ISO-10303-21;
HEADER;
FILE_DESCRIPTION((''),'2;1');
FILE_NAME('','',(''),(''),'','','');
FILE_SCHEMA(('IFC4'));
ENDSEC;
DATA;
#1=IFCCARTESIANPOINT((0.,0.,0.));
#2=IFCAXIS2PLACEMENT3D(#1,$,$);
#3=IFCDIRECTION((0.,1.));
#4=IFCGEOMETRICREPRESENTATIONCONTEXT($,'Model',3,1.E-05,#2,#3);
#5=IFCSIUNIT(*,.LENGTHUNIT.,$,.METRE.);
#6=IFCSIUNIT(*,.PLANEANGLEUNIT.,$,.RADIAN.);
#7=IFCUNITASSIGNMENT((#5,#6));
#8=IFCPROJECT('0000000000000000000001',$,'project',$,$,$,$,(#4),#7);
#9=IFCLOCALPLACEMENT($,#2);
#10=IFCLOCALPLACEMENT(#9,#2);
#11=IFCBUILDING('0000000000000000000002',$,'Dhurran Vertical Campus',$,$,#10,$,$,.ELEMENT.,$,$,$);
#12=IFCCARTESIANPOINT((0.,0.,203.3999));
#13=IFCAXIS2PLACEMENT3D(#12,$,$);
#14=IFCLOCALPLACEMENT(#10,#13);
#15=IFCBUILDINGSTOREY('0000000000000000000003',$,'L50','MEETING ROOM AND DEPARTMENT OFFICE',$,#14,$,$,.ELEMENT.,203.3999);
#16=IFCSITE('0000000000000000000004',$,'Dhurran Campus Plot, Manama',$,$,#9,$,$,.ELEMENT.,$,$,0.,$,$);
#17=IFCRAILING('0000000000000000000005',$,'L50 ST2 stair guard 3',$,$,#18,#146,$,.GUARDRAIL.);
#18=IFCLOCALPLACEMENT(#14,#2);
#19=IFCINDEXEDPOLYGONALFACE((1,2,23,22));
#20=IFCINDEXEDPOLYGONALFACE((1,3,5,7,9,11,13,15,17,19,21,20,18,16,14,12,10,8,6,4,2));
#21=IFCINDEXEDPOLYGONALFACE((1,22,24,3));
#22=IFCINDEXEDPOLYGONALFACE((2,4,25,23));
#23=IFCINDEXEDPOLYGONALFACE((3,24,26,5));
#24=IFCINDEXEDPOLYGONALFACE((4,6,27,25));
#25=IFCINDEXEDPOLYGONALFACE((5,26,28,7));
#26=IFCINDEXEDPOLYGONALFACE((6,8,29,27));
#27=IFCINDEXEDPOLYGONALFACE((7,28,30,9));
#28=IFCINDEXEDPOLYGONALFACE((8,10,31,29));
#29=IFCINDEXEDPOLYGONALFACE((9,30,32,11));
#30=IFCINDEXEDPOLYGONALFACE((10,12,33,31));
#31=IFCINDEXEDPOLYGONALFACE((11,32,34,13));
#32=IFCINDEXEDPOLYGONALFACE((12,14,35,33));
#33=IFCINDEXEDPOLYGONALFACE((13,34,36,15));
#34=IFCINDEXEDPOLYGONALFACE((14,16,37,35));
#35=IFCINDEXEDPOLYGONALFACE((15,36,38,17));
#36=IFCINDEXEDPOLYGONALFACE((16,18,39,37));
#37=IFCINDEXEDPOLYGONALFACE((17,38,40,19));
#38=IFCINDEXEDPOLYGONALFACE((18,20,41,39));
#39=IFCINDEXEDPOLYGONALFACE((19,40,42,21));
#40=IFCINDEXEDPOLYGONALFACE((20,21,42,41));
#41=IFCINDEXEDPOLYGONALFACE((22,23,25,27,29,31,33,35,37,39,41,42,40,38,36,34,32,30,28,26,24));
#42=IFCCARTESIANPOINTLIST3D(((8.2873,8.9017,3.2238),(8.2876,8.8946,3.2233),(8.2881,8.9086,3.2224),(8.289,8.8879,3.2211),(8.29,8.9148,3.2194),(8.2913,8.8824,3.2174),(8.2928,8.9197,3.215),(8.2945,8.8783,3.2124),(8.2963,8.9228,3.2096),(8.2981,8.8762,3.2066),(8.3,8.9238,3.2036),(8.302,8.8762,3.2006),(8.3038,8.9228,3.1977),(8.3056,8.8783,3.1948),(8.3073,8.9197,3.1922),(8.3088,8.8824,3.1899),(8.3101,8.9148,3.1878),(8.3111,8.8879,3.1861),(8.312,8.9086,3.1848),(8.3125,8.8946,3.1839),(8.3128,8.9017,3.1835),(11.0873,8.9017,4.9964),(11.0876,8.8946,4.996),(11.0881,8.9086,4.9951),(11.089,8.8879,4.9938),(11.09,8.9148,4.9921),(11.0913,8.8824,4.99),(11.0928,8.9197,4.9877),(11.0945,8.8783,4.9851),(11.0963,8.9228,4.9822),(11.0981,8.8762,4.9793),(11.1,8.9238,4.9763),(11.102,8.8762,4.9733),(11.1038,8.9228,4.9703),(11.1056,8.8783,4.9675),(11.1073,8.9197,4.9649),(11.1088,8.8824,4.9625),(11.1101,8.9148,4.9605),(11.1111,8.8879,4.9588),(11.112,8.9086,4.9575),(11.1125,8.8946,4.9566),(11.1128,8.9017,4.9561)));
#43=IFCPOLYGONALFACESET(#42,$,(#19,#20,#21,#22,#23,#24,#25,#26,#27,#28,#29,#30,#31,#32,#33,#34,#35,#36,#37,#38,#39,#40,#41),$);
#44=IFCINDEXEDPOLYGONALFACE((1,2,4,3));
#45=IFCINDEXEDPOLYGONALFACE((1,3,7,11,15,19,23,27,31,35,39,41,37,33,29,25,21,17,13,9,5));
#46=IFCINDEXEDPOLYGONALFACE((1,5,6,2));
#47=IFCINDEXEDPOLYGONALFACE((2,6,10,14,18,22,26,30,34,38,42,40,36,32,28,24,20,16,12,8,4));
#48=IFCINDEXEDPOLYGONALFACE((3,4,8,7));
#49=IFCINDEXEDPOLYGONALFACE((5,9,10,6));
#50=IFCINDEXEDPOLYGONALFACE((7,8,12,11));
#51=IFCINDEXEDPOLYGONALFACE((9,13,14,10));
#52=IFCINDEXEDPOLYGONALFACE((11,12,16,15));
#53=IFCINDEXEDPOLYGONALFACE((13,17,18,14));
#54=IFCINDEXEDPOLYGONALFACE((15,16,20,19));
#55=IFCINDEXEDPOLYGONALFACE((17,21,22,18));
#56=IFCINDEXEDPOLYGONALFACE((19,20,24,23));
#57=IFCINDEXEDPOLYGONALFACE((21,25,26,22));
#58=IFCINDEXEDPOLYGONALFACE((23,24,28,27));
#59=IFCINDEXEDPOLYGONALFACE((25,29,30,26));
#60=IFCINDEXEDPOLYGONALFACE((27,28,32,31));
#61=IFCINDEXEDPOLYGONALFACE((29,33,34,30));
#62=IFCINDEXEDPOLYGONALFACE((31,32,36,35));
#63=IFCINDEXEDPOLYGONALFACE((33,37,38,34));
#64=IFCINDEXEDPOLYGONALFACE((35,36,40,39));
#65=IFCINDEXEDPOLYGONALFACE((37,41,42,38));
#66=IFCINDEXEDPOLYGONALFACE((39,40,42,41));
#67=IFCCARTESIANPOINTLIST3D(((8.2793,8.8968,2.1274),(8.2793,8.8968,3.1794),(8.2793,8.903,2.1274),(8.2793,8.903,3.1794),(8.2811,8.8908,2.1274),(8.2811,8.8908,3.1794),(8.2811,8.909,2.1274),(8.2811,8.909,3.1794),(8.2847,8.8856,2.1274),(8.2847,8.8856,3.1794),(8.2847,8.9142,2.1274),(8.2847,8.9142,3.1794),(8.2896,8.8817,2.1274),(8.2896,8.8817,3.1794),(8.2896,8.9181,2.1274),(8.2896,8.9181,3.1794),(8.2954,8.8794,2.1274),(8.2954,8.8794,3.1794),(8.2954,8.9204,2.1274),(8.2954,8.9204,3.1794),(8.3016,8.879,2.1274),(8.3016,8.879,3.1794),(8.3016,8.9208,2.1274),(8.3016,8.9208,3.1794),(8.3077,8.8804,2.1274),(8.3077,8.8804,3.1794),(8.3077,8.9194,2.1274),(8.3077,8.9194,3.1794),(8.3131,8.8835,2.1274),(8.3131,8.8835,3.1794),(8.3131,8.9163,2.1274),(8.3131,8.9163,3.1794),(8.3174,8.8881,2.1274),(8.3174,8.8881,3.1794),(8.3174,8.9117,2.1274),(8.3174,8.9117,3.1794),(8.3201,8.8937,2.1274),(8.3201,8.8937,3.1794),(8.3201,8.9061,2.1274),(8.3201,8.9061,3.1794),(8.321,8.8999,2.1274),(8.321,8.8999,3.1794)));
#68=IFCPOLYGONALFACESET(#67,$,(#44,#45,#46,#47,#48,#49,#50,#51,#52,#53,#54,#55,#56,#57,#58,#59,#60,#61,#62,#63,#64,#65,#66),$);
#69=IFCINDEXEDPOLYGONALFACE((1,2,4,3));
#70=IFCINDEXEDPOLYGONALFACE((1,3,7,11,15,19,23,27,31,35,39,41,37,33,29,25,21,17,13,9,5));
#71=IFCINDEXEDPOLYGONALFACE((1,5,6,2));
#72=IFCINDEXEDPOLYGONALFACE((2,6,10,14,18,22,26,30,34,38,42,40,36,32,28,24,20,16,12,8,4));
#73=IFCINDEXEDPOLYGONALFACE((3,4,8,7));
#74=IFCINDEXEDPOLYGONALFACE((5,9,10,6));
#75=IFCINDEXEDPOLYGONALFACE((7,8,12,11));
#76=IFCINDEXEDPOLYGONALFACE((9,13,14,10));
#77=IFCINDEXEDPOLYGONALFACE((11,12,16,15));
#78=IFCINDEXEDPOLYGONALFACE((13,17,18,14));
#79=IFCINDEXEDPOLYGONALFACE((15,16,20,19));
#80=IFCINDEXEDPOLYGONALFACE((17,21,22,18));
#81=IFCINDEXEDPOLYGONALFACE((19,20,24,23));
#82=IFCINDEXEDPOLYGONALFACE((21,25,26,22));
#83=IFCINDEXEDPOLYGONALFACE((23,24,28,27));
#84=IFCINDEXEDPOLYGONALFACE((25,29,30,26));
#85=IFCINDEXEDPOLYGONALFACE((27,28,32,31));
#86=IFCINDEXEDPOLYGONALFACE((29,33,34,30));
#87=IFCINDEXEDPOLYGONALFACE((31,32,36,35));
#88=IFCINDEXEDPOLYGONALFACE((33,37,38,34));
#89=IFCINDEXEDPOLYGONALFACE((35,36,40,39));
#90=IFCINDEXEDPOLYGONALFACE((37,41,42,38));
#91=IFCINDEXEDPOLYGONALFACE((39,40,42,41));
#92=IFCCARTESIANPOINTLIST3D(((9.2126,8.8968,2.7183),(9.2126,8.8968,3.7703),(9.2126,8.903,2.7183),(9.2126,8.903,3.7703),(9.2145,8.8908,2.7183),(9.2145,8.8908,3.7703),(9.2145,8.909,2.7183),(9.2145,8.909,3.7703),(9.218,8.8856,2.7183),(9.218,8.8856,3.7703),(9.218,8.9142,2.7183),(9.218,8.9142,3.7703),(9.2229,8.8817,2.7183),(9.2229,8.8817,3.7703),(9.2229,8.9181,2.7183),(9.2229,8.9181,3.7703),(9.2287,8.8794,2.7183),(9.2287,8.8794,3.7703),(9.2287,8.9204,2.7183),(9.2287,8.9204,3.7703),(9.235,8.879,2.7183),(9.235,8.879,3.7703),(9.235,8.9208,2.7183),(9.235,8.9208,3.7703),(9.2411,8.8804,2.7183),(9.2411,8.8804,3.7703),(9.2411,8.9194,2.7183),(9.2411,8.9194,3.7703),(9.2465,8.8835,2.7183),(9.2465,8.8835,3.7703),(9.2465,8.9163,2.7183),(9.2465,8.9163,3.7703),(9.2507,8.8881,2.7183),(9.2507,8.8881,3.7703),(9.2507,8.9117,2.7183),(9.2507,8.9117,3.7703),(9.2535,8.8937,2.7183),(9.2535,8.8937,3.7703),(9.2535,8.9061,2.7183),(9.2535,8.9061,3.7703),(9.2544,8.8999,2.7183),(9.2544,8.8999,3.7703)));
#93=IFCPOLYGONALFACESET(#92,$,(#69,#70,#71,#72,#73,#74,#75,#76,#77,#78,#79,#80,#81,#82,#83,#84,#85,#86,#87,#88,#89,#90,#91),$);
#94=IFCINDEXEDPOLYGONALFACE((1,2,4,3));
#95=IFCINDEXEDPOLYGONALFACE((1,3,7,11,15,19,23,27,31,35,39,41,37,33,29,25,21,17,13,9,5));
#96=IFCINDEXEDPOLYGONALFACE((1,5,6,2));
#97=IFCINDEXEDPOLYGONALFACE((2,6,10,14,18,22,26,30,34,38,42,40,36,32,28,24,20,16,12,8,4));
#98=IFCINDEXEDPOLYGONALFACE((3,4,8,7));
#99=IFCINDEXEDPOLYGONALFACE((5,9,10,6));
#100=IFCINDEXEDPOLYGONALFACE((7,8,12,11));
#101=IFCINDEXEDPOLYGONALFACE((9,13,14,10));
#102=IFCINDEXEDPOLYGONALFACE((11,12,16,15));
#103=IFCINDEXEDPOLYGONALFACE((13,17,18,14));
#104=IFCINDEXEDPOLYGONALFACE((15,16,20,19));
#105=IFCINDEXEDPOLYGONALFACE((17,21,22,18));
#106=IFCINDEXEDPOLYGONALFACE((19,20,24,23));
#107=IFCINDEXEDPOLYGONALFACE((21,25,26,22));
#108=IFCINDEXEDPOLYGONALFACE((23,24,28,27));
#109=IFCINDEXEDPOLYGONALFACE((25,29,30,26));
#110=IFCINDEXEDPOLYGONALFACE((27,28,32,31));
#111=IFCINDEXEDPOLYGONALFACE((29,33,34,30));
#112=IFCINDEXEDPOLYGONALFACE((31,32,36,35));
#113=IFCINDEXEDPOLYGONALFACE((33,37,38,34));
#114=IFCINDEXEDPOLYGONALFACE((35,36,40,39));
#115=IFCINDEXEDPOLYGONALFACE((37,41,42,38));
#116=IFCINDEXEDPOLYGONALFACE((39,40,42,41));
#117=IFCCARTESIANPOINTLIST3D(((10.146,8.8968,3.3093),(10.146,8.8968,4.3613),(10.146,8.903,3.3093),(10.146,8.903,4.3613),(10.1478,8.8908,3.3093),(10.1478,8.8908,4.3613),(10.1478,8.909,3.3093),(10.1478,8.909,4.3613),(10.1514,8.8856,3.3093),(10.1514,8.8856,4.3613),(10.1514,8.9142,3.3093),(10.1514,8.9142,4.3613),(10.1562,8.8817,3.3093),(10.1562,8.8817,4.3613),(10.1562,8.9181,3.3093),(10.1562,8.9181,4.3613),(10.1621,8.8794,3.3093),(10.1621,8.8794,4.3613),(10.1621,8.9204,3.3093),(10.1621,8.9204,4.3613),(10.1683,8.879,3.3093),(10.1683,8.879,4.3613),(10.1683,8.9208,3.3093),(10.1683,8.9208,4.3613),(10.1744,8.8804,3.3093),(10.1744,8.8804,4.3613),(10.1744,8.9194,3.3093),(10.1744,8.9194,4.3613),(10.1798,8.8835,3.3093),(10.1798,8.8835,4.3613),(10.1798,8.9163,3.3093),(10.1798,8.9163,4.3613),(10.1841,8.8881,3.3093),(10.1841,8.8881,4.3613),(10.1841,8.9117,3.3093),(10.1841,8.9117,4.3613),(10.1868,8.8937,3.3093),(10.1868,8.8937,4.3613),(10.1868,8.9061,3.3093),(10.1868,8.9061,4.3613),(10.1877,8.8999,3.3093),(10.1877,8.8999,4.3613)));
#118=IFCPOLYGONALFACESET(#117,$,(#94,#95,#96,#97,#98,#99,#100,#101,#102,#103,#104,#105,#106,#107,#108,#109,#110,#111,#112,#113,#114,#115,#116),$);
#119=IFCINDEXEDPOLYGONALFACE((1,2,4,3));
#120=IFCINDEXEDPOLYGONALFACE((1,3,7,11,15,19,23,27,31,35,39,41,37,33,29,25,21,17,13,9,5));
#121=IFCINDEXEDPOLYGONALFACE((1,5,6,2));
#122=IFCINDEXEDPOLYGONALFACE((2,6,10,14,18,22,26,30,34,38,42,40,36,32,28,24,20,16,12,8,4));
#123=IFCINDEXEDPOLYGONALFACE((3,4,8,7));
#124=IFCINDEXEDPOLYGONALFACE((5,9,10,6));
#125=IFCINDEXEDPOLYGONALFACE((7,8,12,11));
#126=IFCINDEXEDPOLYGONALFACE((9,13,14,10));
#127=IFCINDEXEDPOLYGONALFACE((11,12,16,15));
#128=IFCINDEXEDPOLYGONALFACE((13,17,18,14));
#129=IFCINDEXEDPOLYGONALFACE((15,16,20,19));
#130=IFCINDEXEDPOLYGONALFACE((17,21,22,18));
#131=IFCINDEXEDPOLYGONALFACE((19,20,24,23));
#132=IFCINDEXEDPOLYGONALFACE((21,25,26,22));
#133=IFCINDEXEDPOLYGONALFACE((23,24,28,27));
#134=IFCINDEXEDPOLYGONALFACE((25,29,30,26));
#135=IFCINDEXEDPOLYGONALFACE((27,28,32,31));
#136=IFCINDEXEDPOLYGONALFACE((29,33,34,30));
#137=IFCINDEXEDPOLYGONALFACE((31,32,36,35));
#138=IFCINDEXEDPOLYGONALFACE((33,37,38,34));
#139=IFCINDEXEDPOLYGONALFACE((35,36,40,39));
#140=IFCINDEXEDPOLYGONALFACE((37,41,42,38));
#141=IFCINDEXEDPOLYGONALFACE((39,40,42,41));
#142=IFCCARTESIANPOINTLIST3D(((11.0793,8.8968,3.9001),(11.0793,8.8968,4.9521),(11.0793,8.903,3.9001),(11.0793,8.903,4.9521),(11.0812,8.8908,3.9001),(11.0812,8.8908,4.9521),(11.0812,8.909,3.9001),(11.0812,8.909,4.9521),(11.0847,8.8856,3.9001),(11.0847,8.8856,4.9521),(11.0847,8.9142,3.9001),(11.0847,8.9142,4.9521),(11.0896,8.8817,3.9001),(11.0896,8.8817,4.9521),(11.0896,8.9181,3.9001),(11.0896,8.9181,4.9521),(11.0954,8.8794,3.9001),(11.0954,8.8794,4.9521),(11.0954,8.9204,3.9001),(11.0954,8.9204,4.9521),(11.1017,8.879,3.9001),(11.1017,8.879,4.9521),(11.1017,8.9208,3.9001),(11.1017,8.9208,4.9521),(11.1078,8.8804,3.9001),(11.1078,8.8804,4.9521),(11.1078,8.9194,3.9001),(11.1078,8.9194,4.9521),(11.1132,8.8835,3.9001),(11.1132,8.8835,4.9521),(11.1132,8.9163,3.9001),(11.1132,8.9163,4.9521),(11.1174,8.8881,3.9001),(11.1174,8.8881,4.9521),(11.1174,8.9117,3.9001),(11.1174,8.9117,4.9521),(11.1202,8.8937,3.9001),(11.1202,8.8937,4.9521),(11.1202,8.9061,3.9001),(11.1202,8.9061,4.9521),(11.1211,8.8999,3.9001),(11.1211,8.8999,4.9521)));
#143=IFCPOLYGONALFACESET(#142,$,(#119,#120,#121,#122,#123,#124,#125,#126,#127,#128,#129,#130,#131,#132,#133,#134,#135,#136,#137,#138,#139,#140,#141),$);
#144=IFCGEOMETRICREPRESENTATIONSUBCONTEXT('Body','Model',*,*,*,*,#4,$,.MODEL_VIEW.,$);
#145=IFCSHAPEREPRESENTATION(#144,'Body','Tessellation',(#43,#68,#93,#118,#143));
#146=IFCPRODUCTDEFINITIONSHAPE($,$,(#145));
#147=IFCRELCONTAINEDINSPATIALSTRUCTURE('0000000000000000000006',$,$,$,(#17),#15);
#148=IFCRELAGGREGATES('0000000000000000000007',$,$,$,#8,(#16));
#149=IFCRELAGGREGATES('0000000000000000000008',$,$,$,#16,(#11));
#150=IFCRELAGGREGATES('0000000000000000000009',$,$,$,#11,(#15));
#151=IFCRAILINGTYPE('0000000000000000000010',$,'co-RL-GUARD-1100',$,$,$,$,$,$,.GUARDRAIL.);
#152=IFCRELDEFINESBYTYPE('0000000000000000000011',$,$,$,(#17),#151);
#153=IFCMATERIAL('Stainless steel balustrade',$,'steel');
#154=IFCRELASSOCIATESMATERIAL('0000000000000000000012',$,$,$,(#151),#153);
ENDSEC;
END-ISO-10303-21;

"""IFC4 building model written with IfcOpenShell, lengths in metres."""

from ifc_helpers import new_model, si_unit, direction, frame, origin, origin_2d, place, context, subcontext, project, spatial, circle, extrude, material, type_object, element, save


model = new_model("IFC4")

# Units and contexts
model_context = context("Model", 3, precision=1e-05, world=origin(), true_north=direction((0.0, 1.0)))
body_context = subcontext(model_context, "Body", "Model", "MODEL_VIEW")
ifc_project = project(units=[si_unit("LENGTHUNIT", "METRE"), si_unit("PLANEANGLEUNIT", "RADIAN")], contexts=[model_context])

# Site, building, storey
site_placement = place(None, origin())
site = spatial("IfcSite", under=ifc_project, at=site_placement, Name="Dhurran Campus Plot, Manama", CompositionType="ELEMENT", RefElevation=0.0)
building_placement = place(site_placement, origin())
building = spatial("IfcBuilding", under=site, at=building_placement, Name="Dhurran Vertical Campus", CompositionType="ELEMENT")
storey_placement = place(building_placement, frame((0.0, 0.0, 203.3999)))
storey = spatial("IfcBuildingStorey", under=building, at=storey_placement, Name="L50", Description="MEETING ROOM AND DEPARTMENT OFFICE", CompositionType="ELEMENT", Elevation=203.3999)

# Railing
ifc_material_1 = material(Name="Stainless steel balustrade", Category="steel")
railing_type_1 = type_object("IfcRailingType", Name="co-RL-GUARD-1100", PredefinedType="GUARDRAIL", material=ifc_material_1)
railing_1_placement = place(storey_placement, frame((8.3, 8.8999, 2.1274)))
element("IfcRailing", 1, at=railing_1_placement, inside=storey, type_object=railing_type_1, Name="L50 ST2 stair guard 3", PredefinedType="GUARDRAIL", context=body_context, shape_type="SweptSolid", body=[
    extrude(circle(Radius=0.0239, at=origin_2d()), frame((0.0, 0.0, 1.0762), z_axis=(0.844909, 0.0, 0.53491), x_axis=(0.0, 1.0, 0.0)), (0.0, 0.0, 1.0), 3.314),
    extrude(circle(Radius=0.021, at=origin_2d()), origin(), (0.0, 0.0, 1.0), 1.052),
    extrude(circle(Radius=0.021, at=origin_2d()), frame((0.9333, 0.0, 0.5908)), (0.0, 0.0, 1.0), 1.052),
    extrude(circle(Radius=0.021, at=origin_2d()), frame((1.8667, 0.0, 1.1819)), (0.0, 0.0, 1.0), 1.052),
    extrude(circle(Radius=0.021, at=origin_2d()), frame((2.8, 0.0, 1.7727)), (0.0, 0.0, 1.0), 1.052),
])

save(model, "model.ifc")
